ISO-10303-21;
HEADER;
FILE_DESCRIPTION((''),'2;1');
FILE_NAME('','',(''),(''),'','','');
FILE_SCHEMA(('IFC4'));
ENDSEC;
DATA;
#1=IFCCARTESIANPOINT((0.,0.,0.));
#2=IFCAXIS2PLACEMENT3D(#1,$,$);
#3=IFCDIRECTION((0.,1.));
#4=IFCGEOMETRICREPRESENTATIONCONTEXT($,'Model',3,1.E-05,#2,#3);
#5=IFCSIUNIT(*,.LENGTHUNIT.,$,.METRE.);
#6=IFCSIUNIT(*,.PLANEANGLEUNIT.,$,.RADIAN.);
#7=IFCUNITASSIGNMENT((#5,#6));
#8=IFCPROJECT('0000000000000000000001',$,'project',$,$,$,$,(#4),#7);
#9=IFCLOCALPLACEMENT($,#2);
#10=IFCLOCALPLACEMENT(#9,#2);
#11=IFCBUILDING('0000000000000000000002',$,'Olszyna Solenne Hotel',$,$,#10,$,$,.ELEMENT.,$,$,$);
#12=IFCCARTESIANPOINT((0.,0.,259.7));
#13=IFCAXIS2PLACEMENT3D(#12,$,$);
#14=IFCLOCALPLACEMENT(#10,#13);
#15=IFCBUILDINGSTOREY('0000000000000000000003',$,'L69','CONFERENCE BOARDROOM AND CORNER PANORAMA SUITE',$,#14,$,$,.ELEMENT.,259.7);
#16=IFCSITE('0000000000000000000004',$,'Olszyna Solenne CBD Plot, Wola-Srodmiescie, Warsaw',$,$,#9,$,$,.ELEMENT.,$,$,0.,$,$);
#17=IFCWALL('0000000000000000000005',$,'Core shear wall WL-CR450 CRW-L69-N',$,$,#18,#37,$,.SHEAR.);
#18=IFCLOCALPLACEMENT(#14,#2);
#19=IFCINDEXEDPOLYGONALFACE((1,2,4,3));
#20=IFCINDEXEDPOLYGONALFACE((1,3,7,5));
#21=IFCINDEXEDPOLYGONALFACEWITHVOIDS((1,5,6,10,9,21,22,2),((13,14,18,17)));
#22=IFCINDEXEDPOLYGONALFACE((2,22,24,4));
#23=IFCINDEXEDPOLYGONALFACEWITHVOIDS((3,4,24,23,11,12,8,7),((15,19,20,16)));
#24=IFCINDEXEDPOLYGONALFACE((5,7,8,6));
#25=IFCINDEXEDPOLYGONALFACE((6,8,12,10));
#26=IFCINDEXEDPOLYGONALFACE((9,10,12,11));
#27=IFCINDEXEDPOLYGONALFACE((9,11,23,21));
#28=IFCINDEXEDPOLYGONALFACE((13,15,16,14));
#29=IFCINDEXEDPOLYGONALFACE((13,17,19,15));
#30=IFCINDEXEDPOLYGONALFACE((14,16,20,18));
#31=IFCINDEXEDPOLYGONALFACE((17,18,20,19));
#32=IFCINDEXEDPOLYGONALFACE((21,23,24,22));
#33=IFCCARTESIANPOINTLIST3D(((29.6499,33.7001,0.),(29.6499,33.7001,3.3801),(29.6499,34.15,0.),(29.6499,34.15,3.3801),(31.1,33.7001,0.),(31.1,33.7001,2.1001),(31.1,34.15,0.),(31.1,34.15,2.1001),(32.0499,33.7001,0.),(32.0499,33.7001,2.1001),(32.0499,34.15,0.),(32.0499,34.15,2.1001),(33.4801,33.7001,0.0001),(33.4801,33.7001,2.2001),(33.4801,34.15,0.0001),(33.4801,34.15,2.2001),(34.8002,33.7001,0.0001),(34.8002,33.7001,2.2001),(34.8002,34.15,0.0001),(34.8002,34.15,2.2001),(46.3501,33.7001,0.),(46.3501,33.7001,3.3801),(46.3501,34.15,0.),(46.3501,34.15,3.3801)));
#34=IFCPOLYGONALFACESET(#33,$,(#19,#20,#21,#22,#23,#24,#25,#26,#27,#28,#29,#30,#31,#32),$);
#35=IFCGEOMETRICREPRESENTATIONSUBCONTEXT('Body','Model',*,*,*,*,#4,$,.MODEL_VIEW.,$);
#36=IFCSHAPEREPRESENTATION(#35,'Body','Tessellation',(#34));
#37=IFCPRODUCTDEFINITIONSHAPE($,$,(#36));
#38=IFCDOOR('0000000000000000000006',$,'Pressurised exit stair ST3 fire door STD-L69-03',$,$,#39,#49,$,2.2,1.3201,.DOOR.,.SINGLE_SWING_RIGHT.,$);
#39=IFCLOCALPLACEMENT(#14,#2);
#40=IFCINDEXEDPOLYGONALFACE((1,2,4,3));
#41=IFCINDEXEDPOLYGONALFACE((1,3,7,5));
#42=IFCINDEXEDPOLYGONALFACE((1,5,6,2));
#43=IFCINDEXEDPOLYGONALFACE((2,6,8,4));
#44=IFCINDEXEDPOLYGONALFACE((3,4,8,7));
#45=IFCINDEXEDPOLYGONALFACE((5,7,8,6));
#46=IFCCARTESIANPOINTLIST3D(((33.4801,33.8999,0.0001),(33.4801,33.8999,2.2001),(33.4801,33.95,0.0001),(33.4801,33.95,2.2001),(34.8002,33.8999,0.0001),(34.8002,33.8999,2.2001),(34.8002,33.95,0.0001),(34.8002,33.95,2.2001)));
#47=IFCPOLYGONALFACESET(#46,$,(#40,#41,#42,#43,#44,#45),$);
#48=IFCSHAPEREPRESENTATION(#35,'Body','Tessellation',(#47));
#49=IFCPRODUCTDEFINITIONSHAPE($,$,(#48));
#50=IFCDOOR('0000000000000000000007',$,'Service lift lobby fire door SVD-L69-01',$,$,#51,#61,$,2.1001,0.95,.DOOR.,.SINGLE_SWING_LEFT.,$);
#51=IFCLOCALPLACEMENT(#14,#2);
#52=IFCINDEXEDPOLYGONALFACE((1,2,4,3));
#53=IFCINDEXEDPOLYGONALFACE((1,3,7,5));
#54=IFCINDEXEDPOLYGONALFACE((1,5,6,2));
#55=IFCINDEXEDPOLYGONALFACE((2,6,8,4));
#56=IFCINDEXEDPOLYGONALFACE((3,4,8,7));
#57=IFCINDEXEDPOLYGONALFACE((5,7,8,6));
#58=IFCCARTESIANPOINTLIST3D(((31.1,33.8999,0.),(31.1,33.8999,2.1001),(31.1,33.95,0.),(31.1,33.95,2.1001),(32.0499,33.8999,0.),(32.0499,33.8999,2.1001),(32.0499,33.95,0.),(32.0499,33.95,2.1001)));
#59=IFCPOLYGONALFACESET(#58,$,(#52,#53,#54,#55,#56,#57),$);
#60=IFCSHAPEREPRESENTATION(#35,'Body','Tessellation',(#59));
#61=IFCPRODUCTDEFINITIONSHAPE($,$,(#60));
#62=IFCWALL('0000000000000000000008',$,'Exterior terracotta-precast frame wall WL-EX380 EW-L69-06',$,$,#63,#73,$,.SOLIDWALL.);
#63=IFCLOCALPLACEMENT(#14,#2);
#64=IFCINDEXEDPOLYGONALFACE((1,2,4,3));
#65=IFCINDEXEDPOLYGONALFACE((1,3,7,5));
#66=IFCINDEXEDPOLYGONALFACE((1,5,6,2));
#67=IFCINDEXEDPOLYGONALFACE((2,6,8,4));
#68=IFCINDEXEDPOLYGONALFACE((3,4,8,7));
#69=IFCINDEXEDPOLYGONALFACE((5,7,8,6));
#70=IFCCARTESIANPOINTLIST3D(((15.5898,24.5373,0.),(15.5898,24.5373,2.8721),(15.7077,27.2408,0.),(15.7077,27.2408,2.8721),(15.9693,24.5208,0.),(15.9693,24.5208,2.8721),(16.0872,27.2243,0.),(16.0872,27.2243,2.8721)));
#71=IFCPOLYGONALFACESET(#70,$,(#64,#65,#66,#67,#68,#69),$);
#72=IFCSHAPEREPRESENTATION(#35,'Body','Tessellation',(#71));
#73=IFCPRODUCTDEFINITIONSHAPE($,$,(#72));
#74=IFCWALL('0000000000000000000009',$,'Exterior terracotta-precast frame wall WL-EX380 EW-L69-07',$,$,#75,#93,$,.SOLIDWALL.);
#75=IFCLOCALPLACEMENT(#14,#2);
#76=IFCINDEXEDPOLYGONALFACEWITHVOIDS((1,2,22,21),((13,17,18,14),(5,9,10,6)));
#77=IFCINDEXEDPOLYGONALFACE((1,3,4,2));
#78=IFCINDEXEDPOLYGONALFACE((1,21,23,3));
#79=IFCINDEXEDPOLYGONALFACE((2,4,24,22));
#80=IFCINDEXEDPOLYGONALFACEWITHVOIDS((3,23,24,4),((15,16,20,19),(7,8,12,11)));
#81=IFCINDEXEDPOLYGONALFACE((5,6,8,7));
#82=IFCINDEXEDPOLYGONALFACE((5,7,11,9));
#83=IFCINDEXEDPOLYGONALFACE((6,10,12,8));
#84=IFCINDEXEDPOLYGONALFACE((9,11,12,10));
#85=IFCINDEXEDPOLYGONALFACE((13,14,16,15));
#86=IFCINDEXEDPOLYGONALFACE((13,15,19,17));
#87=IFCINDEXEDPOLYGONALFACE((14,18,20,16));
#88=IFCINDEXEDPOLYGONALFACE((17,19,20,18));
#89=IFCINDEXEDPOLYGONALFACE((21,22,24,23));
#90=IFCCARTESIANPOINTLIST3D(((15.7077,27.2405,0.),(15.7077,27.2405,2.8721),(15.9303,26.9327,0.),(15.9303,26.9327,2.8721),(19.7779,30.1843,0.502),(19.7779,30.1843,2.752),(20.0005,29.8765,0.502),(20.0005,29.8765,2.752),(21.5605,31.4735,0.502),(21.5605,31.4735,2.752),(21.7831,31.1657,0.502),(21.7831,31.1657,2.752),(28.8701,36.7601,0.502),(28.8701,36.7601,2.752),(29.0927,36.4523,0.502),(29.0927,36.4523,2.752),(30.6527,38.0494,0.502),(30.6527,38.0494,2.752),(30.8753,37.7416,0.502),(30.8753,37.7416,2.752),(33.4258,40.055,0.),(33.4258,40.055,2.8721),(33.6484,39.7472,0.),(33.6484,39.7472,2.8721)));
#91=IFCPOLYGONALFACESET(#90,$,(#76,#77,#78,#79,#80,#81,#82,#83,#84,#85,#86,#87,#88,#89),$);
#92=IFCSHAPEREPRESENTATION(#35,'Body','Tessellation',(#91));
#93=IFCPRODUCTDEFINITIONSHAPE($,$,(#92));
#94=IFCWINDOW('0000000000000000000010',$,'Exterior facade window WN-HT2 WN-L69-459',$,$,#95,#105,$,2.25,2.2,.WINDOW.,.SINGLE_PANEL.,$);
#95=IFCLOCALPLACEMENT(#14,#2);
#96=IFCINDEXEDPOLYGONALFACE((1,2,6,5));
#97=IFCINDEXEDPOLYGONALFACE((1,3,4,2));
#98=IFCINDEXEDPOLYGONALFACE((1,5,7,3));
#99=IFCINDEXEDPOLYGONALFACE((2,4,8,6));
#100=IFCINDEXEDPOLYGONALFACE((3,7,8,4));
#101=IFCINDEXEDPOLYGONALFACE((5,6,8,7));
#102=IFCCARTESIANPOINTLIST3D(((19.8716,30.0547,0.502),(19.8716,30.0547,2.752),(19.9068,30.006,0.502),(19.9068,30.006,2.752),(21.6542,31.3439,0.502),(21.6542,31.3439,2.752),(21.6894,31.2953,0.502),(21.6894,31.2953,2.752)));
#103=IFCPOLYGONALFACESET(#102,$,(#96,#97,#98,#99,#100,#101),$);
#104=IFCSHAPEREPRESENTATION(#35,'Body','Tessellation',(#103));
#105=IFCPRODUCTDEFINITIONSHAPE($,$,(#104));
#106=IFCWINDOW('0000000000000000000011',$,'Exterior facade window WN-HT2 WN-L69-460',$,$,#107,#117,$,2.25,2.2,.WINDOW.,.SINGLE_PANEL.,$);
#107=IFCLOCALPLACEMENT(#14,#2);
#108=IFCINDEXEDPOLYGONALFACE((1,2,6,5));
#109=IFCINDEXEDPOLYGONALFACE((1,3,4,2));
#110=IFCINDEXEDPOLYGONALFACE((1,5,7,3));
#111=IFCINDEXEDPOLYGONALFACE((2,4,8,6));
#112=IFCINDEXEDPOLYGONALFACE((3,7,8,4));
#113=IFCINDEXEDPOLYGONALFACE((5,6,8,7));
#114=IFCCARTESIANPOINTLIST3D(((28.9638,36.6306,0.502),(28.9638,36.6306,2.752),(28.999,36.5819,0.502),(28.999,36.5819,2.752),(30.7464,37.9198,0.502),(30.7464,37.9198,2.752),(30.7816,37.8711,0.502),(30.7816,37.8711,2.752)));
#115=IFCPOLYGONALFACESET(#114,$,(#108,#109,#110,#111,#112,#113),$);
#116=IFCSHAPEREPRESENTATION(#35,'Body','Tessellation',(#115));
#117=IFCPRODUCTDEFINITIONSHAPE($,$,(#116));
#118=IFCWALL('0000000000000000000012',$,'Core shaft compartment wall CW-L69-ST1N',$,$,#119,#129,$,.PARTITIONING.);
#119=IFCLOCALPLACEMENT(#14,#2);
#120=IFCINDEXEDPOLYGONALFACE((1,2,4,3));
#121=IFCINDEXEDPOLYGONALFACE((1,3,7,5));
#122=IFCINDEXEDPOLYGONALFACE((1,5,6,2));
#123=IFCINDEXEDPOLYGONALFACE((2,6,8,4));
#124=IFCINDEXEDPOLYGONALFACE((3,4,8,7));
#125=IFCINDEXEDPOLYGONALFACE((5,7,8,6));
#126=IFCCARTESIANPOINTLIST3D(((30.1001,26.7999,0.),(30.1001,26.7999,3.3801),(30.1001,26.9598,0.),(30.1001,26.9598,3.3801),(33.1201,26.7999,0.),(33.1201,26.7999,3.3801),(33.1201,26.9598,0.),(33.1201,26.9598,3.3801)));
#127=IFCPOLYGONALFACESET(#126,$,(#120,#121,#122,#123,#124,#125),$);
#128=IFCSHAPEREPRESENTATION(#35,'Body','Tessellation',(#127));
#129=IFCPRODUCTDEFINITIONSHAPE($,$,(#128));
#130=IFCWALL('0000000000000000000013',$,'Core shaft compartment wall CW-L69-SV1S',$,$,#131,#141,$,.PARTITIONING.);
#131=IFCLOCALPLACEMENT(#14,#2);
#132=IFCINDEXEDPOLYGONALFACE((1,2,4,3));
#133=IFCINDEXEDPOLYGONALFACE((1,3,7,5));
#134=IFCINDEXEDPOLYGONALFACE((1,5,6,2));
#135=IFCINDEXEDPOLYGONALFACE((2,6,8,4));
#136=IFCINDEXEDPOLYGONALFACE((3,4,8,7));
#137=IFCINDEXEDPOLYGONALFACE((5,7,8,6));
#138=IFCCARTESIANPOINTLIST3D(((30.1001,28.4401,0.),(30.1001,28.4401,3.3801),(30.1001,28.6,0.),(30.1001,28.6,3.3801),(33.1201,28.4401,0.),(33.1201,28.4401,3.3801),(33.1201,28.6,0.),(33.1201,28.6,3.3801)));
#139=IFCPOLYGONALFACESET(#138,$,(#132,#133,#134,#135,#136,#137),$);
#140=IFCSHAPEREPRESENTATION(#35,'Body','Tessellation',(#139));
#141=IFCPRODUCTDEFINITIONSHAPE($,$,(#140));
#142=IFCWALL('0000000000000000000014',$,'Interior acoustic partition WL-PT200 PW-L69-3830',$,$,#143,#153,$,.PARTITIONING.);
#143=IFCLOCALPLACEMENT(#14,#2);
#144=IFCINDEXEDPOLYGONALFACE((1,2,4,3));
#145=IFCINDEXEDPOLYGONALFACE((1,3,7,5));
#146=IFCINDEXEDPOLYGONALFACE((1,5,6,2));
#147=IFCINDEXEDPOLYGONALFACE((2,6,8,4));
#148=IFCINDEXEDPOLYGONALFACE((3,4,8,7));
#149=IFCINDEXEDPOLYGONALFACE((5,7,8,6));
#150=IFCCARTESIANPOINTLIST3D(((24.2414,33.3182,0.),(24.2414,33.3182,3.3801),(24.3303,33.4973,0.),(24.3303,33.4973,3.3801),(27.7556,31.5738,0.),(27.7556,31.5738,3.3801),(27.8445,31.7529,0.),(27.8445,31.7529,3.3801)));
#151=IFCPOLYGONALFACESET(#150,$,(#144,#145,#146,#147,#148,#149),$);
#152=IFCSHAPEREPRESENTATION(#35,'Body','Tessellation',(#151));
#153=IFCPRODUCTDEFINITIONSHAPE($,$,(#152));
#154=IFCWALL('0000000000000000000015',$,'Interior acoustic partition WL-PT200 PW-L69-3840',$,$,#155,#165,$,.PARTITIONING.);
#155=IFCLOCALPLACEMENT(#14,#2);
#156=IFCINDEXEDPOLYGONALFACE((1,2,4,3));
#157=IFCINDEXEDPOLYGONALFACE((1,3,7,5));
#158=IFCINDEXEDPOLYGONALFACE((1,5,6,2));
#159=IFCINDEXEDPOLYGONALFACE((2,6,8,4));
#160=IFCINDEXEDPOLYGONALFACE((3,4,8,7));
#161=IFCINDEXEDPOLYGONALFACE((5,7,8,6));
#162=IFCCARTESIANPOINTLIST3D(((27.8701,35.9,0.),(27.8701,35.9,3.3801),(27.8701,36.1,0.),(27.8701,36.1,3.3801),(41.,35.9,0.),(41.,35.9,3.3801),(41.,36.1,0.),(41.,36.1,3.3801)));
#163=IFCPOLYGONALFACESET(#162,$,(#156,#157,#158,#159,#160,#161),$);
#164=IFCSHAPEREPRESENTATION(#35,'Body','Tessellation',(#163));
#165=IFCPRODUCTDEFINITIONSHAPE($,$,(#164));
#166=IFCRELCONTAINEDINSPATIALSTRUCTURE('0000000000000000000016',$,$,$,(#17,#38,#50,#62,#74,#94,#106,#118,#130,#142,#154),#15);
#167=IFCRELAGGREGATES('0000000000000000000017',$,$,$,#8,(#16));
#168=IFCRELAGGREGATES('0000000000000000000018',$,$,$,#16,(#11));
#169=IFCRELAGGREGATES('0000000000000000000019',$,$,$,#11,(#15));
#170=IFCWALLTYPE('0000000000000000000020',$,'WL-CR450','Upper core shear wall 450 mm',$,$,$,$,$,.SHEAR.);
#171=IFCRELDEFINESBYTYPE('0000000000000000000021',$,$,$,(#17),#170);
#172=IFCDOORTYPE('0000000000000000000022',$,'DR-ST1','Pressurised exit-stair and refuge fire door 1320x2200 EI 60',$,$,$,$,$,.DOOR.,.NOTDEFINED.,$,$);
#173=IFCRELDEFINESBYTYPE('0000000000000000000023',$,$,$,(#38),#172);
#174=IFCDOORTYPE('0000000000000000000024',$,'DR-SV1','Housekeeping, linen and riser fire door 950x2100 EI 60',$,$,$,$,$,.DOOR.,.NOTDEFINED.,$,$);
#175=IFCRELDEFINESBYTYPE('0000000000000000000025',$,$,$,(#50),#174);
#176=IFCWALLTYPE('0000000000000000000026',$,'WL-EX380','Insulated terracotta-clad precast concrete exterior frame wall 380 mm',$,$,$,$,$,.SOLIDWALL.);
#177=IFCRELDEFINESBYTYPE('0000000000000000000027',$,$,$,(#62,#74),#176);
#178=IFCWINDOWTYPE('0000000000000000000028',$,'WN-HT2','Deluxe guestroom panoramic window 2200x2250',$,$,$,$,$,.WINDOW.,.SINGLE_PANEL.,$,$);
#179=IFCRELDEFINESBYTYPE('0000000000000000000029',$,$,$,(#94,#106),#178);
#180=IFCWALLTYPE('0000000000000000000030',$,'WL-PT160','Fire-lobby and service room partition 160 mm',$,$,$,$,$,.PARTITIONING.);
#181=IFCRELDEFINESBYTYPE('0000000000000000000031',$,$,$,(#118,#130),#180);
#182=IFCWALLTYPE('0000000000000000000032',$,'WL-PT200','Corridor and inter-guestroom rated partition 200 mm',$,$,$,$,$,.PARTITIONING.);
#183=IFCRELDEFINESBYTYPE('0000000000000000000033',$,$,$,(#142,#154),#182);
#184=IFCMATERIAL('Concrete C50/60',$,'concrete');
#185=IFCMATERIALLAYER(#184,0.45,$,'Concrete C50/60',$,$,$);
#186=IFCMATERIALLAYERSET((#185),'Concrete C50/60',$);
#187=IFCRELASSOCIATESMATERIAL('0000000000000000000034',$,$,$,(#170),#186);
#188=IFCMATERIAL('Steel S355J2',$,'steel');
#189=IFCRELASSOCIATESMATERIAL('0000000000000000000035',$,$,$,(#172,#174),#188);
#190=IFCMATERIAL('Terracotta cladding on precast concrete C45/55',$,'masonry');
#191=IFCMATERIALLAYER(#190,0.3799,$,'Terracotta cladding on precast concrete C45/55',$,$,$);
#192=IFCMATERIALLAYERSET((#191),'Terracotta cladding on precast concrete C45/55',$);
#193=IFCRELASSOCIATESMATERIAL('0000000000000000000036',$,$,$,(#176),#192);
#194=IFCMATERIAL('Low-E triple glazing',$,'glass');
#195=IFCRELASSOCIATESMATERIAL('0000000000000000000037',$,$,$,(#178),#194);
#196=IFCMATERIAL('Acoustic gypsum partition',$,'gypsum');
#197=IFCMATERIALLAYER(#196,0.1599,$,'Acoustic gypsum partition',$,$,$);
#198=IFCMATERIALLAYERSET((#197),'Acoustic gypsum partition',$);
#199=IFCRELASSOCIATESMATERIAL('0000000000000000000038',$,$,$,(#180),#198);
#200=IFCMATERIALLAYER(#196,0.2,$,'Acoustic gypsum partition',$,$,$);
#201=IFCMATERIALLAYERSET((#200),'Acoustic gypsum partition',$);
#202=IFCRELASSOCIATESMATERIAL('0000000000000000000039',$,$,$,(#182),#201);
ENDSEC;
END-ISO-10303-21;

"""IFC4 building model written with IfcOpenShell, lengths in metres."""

from ifc_helpers import new_model, si_unit, direction, frame, frame_2d, origin, place, context, subcontext, project, spatial, rectangle, extrude, source, transform, mapped, material, layer, layer_set, type_object, type_shapes, element, fill, save


model = new_model("IFC4")

# Units and contexts
model_context = context("Model", 3, precision=1e-05, world=origin(), true_north=direction((0.0, 1.0)))
body_context = subcontext(model_context, "Body", "Model", "MODEL_VIEW")
ifc_project = project(units=[si_unit("LENGTHUNIT", "METRE"), si_unit("PLANEANGLEUNIT", "RADIAN")], contexts=[model_context])

# Site, building, storey
site_placement = place(None, origin())
site = spatial("IfcSite", under=ifc_project, at=site_placement, Name="Olszyna Solenne CBD Plot, Wola-Srodmiescie, Warsaw", CompositionType="ELEMENT", RefElevation=0.0)
building_placement = place(site_placement, origin())
building = spatial("IfcBuilding", under=site, at=building_placement, Name="Olszyna Solenne Hotel", CompositionType="ELEMENT")
storey_placement = place(building_placement, frame((0.0, 0.0, 259.7)))
storey = spatial("IfcBuildingStorey", under=building, at=storey_placement, Name="L69", Description="CONFERENCE BOARDROOM AND CORNER PANORAMA SUITE", CompositionType="ELEMENT", Elevation=259.7)

# Shared definitions
ifc_material_1 = material(Name="Steel S355J2", Category="steel")

# Wall, openings, doors
ifc_material_2 = material(Name="Concrete C50/60", Category="concrete")
ifc_layer_1 = layer(ifc_material_2, 0.45, Name="Concrete C50/60")
ifc_layer_set_1 = layer_set([ifc_layer_1], Name="Concrete C50/60")
wall_type_1 = type_object("IfcWallType", Name="WL-CR450", Description="Upper core shear wall 450 mm", PredefinedType="SHEAR", material=ifc_layer_set_1)
wall_1_placement = place(storey_placement, frame((29.6499, 33.925, 0.0), z_axis=(0.0, 0.0, 1.0), x_axis=(1.0, 0.0, 0.0)))
wall_1 = element("IfcWall", 1, at=wall_1_placement, inside=storey, type_object=wall_type_1, Name="Core shear wall WL-CR450 CRW-L69-N", PredefinedType="SHEAR", context=body_context, shape_type="SweptSolid", body=[
    extrude(rectangle(XDim=16.7002, YDim=0.45, at=frame_2d((8.3501, 0.0))), origin(), (0.0, 0.0, 1.0), 3.3801),
])
opening_1_placement = place(wall_1_placement, frame((1.45, 0.0, 0.0)))
opening_1 = element("IfcOpeningElement", 2, at=opening_1_placement, cuts=wall_1, PredefinedType="OPENING", context=body_context, shape_type="SweptSolid", body=[
    extrude(rectangle(XDim=0.95, YDim=2.1001, at=frame_2d((0.4751, 1.05))), frame((0.0, 0.2349, 0.0), z_axis=(0.0, -1.0, 0.0), x_axis=(1.0, 0.0, 0.0)), (0.0, 0.0, 1.0), 0.47),
])
opening_2_placement = place(wall_1_placement, frame((3.8301, 0.0, 0.0)))
opening_2 = element("IfcOpeningElement", 3, at=opening_2_placement, cuts=wall_1, PredefinedType="OPENING", context=body_context, shape_type="SweptSolid", body=[
    extrude(rectangle(XDim=1.3201, YDim=2.2, at=frame_2d((0.6602, 1.1001))), frame((0.0, 0.2349, 0.0), z_axis=(0.0, -1.0, 0.0), x_axis=(1.0, 0.0, 0.0)), (0.0, 0.0, 1.0), 0.47),
])
door_type_1 = type_object("IfcDoorType", Name="DR-ST1", Description="Pressurised exit-stair and refuge fire door 1320x2200 EI 60", OperationType="NOTDEFINED", PredefinedType="DOOR", material=ifc_material_1)
shared_shape_1 = source(origin(), body_context, "Body", "SweptSolid", [
    extrude(rectangle(XDim=1.3201, YDim=2.2, at=frame_2d((0.6602, 1.1001))), frame((0.0, 0.0249, 0.0), z_axis=(0.0, -1.0, 0.0), x_axis=(1.0, 0.0, 0.0)), (0.0, 0.0, 1.0), 0.05),
])
type_shapes(door_type_1, [shared_shape_1])
door_1_placement = place(opening_2_placement, origin())
door_1 = element("IfcDoor", 4, at=door_1_placement, inside=storey, type_object=door_type_1, Name="Pressurised exit stair ST3 fire door STD-L69-03", OperationType="SINGLE_SWING_RIGHT", OverallHeight=2.2, OverallWidth=1.3201, PredefinedType="DOOR", context=body_context, shape_type="MappedRepresentation", body=[
    mapped(shared_shape_1, transform((0.0, 0.0, 0.0), x_axis=(1.0, 0.0, 0.0), y_axis=(0.0, 1.0, 0.0), z_axis=(0.0, 0.0, 1.0), scale=1.0)),
])
fill(opening_2, door_1)
door_type_2 = type_object("IfcDoorType", Name="DR-SV1", Description="Housekeeping, linen and riser fire door 950x2100 EI 60", OperationType="NOTDEFINED", PredefinedType="DOOR", material=ifc_material_1)
shared_shape_2 = source(origin(), body_context, "Body", "SweptSolid", [
    extrude(rectangle(XDim=0.95, YDim=2.1001, at=frame_2d((0.4751, 1.05))), frame((0.0, 0.0249, 0.0), z_axis=(0.0, -1.0, 0.0), x_axis=(1.0, 0.0, 0.0)), (0.0, 0.0, 1.0), 0.05),
])
type_shapes(door_type_2, [shared_shape_2])
door_2_placement = place(opening_1_placement, origin())
door_2 = element("IfcDoor", 5, at=door_2_placement, inside=storey, type_object=door_type_2, Name="Service lift lobby fire door SVD-L69-01", OperationType="SINGLE_SWING_LEFT", OverallHeight=2.1001, OverallWidth=0.95, PredefinedType="DOOR", context=body_context, shape_type="MappedRepresentation", body=[
    mapped(shared_shape_2, transform((0.0, 0.0, 0.0), x_axis=(1.0, 0.0, 0.0), y_axis=(0.0, 1.0, 0.0), z_axis=(0.0, 0.0, 1.0), scale=1.0)),
])
fill(opening_1, door_2)

# Wall
ifc_material_3 = material(Name="Terracotta cladding on precast concrete C45/55", Category="masonry")
ifc_layer_2 = layer(ifc_material_3, 0.3799, Name="Terracotta cladding on precast concrete C45/55")
ifc_layer_set_2 = layer_set([ifc_layer_2], Name="Terracotta cladding on precast concrete C45/55")
wall_type_2 = type_object("IfcWallType", Name="WL-EX380", Description="Insulated terracotta-clad precast concrete exterior frame wall 380 mm", PredefinedType="SOLIDWALL", material=ifc_layer_set_2)
wall_2_placement = place(storey_placement, frame((15.7795, 24.5291, 0.0), z_axis=(0.0, 0.0, 1.0), x_axis=(0.043578, 0.99905, 0.0)))
element("IfcWall", 6, at=wall_2_placement, inside=storey, type_object=wall_type_2, Name="Exterior terracotta-precast frame wall WL-EX380 EW-L69-06", PredefinedType="SOLIDWALL", context=body_context, shape_type="SweptSolid", body=[
    extrude(rectangle(XDim=2.7061, YDim=0.3799, at=frame_2d((1.353, 0.0))), origin(), (0.0, 0.0, 1.0), 2.8721),
])

# Wall, openings, windows
wall_3_placement = place(storey_placement, frame((15.8191, 27.0867, 0.0), z_axis=(0.0, 0.0, 1.0), x_axis=(0.810286, 0.586035, 0.0)))
wall_3 = element("IfcWall", 7, at=wall_3_placement, inside=storey, type_object=wall_type_2, Name="Exterior terracotta-precast frame wall WL-EX380 EW-L69-07", PredefinedType="SOLIDWALL", context=body_context, shape_type="SweptSolid", body=[
    extrude(rectangle(XDim=21.8665, YDim=0.3799, at=frame_2d((10.9331, 0.0))), origin(), (0.0, 0.0, 1.0), 2.8721),
])
opening_3_placement = place(wall_3_placement, frame((5.0229, 0.0, 0.502)))
opening_3 = element("IfcOpeningElement", 8, at=opening_3_placement, cuts=wall_3, PredefinedType="OPENING", context=body_context, shape_type="SweptSolid", body=[
    extrude(rectangle(XDim=2.2, YDim=2.25, at=frame_2d((1.1001, 1.125))), frame((0.0, 0.2, 0.0), z_axis=(0.0, -1.0, 0.0), x_axis=(1.0, 0.0, 0.0)), (0.0, 0.0, 1.0), 0.3999),
])
opening_4_placement = place(wall_3_placement, frame((16.2439, 0.0, 0.502)))
opening_4 = element("IfcOpeningElement", 9, at=opening_4_placement, cuts=wall_3, PredefinedType="OPENING", context=body_context, shape_type="SweptSolid", body=[
    extrude(rectangle(XDim=2.2, YDim=2.25, at=frame_2d((1.1001, 1.125))), frame((0.0, 0.2, 0.0), z_axis=(0.0, -1.0, 0.0), x_axis=(1.0, 0.0, 0.0)), (0.0, 0.0, 1.0), 0.3999),
])
ifc_material_4 = material(Name="Low-E triple glazing", Category="glass")
window_type = type_object("IfcWindowType", Name="WN-HT2", Description="Deluxe guestroom panoramic window 2200x2250", PartitioningType="SINGLE_PANEL", PredefinedType="WINDOW", material=ifc_material_4)
shared_shape_3 = source(origin(), body_context, "Body", "SweptSolid", [
    extrude(rectangle(XDim=2.2, YDim=2.25, at=frame_2d((1.1001, 1.125))), frame((0.0, 0.03, 0.0), z_axis=(0.0, -1.0, 0.0), x_axis=(1.0, 0.0, 0.0)), (0.0, 0.0, 1.0), 0.0601),
])
type_shapes(window_type, [shared_shape_3])
window_1_placement = place(opening_3_placement, origin())
window_1 = element("IfcWindow", 10, at=window_1_placement, inside=storey, type_object=window_type, Name="Exterior facade window WN-HT2 WN-L69-459", OverallHeight=2.25, OverallWidth=2.2, PartitioningType="SINGLE_PANEL", PredefinedType="WINDOW", context=body_context, shape_type="MappedRepresentation", body=[
    mapped(shared_shape_3, transform((0.0, 0.0, 0.0), x_axis=(1.0, 0.0, 0.0), y_axis=(0.0, 1.0, 0.0), z_axis=(0.0, 0.0, 1.0), scale=1.0)),
])
fill(opening_3, window_1)
window_2_placement = place(opening_4_placement, origin())
window_2 = element("IfcWindow", 11, at=window_2_placement, inside=storey, type_object=window_type, Name="Exterior facade window WN-HT2 WN-L69-460", OverallHeight=2.25, OverallWidth=2.2, PartitioningType="SINGLE_PANEL", PredefinedType="WINDOW", context=body_context, shape_type="MappedRepresentation", body=[
    mapped(shared_shape_3, transform((0.0, 0.0, 0.0), x_axis=(1.0, 0.0, 0.0), y_axis=(0.0, 1.0, 0.0), z_axis=(0.0, 0.0, 1.0), scale=1.0)),
])
fill(opening_4, window_2)

# Walls
ifc_material_5 = material(Name="Acoustic gypsum partition", Category="gypsum")
ifc_layer_3 = layer(ifc_material_5, 0.1599, Name="Acoustic gypsum partition")
ifc_layer_set_3 = layer_set([ifc_layer_3], Name="Acoustic gypsum partition")
wall_type_3 = type_object("IfcWallType", Name="WL-PT160", Description="Fire-lobby and service room partition 160 mm", PredefinedType="PARTITIONING", material=ifc_layer_set_3)
for number, where, z_axis, x_axis, name in (
    (12, (30.1001, 26.8799, 0.0), (0.0, 0.0, 1.0), (1.0, 0.0, 0.0), "Core shaft compartment wall CW-L69-ST1N"),
    (13, (30.1001, 28.52, 0.0), (0.0, 0.0, 1.0), (1.0, 0.0, 0.0), "Core shaft compartment wall CW-L69-SV1S"),
):
    element("IfcWall", number, at=place(storey_placement, frame(where, z_axis=z_axis, x_axis=x_axis)), inside=storey, type_object=wall_type_3, Name=name, PredefinedType="PARTITIONING", context=body_context, shape_type="SweptSolid", body=[
        extrude(rectangle(XDim=3.02, YDim=0.1599, at=frame_2d((1.51, 0.0))), origin(), (0.0, 0.0, 1.0), 3.3801),
    ])
ifc_layer_4 = layer(ifc_material_5, 0.2, Name="Acoustic gypsum partition")
ifc_layer_set_4 = layer_set([ifc_layer_4], Name="Acoustic gypsum partition")
wall_type_4 = type_object("IfcWallType", Name="WL-PT200", Description="Corridor and inter-guestroom rated partition 200 mm", PredefinedType="PARTITIONING", material=ifc_layer_set_4)
wall_4_placement = place(storey_placement, frame((27.8, 31.6633, 0.0), z_axis=(0.0, 0.0, 1.0), x_axis=(-0.895718, 0.444623, 0.0)))
element("IfcWall", 14, at=wall_4_placement, inside=storey, type_object=wall_type_4, Name="Interior acoustic partition WL-PT200 PW-L69-3830", PredefinedType="PARTITIONING", context=body_context, shape_type="SweptSolid", body=[
    extrude(rectangle(XDim=3.9233, YDim=0.2, at=frame_2d((1.9617, 0.0))), origin(), (0.0, 0.0, 1.0), 3.3801),
])
wall_5_placement = place(storey_placement, frame((27.8701, 36.0, 0.0), z_axis=(0.0, 0.0, 1.0), x_axis=(1.0, 0.0, 0.0)))
element("IfcWall", 15, at=wall_5_placement, inside=storey, type_object=wall_type_4, Name="Interior acoustic partition WL-PT200 PW-L69-3840", PredefinedType="PARTITIONING", context=body_context, shape_type="SweptSolid", body=[
    extrude(rectangle(XDim=13.1299, YDim=0.2, at=frame_2d((6.5649, 0.0))), origin(), (0.0, 0.0, 1.0), 3.3801),
])

save(model, "model.ifc")
